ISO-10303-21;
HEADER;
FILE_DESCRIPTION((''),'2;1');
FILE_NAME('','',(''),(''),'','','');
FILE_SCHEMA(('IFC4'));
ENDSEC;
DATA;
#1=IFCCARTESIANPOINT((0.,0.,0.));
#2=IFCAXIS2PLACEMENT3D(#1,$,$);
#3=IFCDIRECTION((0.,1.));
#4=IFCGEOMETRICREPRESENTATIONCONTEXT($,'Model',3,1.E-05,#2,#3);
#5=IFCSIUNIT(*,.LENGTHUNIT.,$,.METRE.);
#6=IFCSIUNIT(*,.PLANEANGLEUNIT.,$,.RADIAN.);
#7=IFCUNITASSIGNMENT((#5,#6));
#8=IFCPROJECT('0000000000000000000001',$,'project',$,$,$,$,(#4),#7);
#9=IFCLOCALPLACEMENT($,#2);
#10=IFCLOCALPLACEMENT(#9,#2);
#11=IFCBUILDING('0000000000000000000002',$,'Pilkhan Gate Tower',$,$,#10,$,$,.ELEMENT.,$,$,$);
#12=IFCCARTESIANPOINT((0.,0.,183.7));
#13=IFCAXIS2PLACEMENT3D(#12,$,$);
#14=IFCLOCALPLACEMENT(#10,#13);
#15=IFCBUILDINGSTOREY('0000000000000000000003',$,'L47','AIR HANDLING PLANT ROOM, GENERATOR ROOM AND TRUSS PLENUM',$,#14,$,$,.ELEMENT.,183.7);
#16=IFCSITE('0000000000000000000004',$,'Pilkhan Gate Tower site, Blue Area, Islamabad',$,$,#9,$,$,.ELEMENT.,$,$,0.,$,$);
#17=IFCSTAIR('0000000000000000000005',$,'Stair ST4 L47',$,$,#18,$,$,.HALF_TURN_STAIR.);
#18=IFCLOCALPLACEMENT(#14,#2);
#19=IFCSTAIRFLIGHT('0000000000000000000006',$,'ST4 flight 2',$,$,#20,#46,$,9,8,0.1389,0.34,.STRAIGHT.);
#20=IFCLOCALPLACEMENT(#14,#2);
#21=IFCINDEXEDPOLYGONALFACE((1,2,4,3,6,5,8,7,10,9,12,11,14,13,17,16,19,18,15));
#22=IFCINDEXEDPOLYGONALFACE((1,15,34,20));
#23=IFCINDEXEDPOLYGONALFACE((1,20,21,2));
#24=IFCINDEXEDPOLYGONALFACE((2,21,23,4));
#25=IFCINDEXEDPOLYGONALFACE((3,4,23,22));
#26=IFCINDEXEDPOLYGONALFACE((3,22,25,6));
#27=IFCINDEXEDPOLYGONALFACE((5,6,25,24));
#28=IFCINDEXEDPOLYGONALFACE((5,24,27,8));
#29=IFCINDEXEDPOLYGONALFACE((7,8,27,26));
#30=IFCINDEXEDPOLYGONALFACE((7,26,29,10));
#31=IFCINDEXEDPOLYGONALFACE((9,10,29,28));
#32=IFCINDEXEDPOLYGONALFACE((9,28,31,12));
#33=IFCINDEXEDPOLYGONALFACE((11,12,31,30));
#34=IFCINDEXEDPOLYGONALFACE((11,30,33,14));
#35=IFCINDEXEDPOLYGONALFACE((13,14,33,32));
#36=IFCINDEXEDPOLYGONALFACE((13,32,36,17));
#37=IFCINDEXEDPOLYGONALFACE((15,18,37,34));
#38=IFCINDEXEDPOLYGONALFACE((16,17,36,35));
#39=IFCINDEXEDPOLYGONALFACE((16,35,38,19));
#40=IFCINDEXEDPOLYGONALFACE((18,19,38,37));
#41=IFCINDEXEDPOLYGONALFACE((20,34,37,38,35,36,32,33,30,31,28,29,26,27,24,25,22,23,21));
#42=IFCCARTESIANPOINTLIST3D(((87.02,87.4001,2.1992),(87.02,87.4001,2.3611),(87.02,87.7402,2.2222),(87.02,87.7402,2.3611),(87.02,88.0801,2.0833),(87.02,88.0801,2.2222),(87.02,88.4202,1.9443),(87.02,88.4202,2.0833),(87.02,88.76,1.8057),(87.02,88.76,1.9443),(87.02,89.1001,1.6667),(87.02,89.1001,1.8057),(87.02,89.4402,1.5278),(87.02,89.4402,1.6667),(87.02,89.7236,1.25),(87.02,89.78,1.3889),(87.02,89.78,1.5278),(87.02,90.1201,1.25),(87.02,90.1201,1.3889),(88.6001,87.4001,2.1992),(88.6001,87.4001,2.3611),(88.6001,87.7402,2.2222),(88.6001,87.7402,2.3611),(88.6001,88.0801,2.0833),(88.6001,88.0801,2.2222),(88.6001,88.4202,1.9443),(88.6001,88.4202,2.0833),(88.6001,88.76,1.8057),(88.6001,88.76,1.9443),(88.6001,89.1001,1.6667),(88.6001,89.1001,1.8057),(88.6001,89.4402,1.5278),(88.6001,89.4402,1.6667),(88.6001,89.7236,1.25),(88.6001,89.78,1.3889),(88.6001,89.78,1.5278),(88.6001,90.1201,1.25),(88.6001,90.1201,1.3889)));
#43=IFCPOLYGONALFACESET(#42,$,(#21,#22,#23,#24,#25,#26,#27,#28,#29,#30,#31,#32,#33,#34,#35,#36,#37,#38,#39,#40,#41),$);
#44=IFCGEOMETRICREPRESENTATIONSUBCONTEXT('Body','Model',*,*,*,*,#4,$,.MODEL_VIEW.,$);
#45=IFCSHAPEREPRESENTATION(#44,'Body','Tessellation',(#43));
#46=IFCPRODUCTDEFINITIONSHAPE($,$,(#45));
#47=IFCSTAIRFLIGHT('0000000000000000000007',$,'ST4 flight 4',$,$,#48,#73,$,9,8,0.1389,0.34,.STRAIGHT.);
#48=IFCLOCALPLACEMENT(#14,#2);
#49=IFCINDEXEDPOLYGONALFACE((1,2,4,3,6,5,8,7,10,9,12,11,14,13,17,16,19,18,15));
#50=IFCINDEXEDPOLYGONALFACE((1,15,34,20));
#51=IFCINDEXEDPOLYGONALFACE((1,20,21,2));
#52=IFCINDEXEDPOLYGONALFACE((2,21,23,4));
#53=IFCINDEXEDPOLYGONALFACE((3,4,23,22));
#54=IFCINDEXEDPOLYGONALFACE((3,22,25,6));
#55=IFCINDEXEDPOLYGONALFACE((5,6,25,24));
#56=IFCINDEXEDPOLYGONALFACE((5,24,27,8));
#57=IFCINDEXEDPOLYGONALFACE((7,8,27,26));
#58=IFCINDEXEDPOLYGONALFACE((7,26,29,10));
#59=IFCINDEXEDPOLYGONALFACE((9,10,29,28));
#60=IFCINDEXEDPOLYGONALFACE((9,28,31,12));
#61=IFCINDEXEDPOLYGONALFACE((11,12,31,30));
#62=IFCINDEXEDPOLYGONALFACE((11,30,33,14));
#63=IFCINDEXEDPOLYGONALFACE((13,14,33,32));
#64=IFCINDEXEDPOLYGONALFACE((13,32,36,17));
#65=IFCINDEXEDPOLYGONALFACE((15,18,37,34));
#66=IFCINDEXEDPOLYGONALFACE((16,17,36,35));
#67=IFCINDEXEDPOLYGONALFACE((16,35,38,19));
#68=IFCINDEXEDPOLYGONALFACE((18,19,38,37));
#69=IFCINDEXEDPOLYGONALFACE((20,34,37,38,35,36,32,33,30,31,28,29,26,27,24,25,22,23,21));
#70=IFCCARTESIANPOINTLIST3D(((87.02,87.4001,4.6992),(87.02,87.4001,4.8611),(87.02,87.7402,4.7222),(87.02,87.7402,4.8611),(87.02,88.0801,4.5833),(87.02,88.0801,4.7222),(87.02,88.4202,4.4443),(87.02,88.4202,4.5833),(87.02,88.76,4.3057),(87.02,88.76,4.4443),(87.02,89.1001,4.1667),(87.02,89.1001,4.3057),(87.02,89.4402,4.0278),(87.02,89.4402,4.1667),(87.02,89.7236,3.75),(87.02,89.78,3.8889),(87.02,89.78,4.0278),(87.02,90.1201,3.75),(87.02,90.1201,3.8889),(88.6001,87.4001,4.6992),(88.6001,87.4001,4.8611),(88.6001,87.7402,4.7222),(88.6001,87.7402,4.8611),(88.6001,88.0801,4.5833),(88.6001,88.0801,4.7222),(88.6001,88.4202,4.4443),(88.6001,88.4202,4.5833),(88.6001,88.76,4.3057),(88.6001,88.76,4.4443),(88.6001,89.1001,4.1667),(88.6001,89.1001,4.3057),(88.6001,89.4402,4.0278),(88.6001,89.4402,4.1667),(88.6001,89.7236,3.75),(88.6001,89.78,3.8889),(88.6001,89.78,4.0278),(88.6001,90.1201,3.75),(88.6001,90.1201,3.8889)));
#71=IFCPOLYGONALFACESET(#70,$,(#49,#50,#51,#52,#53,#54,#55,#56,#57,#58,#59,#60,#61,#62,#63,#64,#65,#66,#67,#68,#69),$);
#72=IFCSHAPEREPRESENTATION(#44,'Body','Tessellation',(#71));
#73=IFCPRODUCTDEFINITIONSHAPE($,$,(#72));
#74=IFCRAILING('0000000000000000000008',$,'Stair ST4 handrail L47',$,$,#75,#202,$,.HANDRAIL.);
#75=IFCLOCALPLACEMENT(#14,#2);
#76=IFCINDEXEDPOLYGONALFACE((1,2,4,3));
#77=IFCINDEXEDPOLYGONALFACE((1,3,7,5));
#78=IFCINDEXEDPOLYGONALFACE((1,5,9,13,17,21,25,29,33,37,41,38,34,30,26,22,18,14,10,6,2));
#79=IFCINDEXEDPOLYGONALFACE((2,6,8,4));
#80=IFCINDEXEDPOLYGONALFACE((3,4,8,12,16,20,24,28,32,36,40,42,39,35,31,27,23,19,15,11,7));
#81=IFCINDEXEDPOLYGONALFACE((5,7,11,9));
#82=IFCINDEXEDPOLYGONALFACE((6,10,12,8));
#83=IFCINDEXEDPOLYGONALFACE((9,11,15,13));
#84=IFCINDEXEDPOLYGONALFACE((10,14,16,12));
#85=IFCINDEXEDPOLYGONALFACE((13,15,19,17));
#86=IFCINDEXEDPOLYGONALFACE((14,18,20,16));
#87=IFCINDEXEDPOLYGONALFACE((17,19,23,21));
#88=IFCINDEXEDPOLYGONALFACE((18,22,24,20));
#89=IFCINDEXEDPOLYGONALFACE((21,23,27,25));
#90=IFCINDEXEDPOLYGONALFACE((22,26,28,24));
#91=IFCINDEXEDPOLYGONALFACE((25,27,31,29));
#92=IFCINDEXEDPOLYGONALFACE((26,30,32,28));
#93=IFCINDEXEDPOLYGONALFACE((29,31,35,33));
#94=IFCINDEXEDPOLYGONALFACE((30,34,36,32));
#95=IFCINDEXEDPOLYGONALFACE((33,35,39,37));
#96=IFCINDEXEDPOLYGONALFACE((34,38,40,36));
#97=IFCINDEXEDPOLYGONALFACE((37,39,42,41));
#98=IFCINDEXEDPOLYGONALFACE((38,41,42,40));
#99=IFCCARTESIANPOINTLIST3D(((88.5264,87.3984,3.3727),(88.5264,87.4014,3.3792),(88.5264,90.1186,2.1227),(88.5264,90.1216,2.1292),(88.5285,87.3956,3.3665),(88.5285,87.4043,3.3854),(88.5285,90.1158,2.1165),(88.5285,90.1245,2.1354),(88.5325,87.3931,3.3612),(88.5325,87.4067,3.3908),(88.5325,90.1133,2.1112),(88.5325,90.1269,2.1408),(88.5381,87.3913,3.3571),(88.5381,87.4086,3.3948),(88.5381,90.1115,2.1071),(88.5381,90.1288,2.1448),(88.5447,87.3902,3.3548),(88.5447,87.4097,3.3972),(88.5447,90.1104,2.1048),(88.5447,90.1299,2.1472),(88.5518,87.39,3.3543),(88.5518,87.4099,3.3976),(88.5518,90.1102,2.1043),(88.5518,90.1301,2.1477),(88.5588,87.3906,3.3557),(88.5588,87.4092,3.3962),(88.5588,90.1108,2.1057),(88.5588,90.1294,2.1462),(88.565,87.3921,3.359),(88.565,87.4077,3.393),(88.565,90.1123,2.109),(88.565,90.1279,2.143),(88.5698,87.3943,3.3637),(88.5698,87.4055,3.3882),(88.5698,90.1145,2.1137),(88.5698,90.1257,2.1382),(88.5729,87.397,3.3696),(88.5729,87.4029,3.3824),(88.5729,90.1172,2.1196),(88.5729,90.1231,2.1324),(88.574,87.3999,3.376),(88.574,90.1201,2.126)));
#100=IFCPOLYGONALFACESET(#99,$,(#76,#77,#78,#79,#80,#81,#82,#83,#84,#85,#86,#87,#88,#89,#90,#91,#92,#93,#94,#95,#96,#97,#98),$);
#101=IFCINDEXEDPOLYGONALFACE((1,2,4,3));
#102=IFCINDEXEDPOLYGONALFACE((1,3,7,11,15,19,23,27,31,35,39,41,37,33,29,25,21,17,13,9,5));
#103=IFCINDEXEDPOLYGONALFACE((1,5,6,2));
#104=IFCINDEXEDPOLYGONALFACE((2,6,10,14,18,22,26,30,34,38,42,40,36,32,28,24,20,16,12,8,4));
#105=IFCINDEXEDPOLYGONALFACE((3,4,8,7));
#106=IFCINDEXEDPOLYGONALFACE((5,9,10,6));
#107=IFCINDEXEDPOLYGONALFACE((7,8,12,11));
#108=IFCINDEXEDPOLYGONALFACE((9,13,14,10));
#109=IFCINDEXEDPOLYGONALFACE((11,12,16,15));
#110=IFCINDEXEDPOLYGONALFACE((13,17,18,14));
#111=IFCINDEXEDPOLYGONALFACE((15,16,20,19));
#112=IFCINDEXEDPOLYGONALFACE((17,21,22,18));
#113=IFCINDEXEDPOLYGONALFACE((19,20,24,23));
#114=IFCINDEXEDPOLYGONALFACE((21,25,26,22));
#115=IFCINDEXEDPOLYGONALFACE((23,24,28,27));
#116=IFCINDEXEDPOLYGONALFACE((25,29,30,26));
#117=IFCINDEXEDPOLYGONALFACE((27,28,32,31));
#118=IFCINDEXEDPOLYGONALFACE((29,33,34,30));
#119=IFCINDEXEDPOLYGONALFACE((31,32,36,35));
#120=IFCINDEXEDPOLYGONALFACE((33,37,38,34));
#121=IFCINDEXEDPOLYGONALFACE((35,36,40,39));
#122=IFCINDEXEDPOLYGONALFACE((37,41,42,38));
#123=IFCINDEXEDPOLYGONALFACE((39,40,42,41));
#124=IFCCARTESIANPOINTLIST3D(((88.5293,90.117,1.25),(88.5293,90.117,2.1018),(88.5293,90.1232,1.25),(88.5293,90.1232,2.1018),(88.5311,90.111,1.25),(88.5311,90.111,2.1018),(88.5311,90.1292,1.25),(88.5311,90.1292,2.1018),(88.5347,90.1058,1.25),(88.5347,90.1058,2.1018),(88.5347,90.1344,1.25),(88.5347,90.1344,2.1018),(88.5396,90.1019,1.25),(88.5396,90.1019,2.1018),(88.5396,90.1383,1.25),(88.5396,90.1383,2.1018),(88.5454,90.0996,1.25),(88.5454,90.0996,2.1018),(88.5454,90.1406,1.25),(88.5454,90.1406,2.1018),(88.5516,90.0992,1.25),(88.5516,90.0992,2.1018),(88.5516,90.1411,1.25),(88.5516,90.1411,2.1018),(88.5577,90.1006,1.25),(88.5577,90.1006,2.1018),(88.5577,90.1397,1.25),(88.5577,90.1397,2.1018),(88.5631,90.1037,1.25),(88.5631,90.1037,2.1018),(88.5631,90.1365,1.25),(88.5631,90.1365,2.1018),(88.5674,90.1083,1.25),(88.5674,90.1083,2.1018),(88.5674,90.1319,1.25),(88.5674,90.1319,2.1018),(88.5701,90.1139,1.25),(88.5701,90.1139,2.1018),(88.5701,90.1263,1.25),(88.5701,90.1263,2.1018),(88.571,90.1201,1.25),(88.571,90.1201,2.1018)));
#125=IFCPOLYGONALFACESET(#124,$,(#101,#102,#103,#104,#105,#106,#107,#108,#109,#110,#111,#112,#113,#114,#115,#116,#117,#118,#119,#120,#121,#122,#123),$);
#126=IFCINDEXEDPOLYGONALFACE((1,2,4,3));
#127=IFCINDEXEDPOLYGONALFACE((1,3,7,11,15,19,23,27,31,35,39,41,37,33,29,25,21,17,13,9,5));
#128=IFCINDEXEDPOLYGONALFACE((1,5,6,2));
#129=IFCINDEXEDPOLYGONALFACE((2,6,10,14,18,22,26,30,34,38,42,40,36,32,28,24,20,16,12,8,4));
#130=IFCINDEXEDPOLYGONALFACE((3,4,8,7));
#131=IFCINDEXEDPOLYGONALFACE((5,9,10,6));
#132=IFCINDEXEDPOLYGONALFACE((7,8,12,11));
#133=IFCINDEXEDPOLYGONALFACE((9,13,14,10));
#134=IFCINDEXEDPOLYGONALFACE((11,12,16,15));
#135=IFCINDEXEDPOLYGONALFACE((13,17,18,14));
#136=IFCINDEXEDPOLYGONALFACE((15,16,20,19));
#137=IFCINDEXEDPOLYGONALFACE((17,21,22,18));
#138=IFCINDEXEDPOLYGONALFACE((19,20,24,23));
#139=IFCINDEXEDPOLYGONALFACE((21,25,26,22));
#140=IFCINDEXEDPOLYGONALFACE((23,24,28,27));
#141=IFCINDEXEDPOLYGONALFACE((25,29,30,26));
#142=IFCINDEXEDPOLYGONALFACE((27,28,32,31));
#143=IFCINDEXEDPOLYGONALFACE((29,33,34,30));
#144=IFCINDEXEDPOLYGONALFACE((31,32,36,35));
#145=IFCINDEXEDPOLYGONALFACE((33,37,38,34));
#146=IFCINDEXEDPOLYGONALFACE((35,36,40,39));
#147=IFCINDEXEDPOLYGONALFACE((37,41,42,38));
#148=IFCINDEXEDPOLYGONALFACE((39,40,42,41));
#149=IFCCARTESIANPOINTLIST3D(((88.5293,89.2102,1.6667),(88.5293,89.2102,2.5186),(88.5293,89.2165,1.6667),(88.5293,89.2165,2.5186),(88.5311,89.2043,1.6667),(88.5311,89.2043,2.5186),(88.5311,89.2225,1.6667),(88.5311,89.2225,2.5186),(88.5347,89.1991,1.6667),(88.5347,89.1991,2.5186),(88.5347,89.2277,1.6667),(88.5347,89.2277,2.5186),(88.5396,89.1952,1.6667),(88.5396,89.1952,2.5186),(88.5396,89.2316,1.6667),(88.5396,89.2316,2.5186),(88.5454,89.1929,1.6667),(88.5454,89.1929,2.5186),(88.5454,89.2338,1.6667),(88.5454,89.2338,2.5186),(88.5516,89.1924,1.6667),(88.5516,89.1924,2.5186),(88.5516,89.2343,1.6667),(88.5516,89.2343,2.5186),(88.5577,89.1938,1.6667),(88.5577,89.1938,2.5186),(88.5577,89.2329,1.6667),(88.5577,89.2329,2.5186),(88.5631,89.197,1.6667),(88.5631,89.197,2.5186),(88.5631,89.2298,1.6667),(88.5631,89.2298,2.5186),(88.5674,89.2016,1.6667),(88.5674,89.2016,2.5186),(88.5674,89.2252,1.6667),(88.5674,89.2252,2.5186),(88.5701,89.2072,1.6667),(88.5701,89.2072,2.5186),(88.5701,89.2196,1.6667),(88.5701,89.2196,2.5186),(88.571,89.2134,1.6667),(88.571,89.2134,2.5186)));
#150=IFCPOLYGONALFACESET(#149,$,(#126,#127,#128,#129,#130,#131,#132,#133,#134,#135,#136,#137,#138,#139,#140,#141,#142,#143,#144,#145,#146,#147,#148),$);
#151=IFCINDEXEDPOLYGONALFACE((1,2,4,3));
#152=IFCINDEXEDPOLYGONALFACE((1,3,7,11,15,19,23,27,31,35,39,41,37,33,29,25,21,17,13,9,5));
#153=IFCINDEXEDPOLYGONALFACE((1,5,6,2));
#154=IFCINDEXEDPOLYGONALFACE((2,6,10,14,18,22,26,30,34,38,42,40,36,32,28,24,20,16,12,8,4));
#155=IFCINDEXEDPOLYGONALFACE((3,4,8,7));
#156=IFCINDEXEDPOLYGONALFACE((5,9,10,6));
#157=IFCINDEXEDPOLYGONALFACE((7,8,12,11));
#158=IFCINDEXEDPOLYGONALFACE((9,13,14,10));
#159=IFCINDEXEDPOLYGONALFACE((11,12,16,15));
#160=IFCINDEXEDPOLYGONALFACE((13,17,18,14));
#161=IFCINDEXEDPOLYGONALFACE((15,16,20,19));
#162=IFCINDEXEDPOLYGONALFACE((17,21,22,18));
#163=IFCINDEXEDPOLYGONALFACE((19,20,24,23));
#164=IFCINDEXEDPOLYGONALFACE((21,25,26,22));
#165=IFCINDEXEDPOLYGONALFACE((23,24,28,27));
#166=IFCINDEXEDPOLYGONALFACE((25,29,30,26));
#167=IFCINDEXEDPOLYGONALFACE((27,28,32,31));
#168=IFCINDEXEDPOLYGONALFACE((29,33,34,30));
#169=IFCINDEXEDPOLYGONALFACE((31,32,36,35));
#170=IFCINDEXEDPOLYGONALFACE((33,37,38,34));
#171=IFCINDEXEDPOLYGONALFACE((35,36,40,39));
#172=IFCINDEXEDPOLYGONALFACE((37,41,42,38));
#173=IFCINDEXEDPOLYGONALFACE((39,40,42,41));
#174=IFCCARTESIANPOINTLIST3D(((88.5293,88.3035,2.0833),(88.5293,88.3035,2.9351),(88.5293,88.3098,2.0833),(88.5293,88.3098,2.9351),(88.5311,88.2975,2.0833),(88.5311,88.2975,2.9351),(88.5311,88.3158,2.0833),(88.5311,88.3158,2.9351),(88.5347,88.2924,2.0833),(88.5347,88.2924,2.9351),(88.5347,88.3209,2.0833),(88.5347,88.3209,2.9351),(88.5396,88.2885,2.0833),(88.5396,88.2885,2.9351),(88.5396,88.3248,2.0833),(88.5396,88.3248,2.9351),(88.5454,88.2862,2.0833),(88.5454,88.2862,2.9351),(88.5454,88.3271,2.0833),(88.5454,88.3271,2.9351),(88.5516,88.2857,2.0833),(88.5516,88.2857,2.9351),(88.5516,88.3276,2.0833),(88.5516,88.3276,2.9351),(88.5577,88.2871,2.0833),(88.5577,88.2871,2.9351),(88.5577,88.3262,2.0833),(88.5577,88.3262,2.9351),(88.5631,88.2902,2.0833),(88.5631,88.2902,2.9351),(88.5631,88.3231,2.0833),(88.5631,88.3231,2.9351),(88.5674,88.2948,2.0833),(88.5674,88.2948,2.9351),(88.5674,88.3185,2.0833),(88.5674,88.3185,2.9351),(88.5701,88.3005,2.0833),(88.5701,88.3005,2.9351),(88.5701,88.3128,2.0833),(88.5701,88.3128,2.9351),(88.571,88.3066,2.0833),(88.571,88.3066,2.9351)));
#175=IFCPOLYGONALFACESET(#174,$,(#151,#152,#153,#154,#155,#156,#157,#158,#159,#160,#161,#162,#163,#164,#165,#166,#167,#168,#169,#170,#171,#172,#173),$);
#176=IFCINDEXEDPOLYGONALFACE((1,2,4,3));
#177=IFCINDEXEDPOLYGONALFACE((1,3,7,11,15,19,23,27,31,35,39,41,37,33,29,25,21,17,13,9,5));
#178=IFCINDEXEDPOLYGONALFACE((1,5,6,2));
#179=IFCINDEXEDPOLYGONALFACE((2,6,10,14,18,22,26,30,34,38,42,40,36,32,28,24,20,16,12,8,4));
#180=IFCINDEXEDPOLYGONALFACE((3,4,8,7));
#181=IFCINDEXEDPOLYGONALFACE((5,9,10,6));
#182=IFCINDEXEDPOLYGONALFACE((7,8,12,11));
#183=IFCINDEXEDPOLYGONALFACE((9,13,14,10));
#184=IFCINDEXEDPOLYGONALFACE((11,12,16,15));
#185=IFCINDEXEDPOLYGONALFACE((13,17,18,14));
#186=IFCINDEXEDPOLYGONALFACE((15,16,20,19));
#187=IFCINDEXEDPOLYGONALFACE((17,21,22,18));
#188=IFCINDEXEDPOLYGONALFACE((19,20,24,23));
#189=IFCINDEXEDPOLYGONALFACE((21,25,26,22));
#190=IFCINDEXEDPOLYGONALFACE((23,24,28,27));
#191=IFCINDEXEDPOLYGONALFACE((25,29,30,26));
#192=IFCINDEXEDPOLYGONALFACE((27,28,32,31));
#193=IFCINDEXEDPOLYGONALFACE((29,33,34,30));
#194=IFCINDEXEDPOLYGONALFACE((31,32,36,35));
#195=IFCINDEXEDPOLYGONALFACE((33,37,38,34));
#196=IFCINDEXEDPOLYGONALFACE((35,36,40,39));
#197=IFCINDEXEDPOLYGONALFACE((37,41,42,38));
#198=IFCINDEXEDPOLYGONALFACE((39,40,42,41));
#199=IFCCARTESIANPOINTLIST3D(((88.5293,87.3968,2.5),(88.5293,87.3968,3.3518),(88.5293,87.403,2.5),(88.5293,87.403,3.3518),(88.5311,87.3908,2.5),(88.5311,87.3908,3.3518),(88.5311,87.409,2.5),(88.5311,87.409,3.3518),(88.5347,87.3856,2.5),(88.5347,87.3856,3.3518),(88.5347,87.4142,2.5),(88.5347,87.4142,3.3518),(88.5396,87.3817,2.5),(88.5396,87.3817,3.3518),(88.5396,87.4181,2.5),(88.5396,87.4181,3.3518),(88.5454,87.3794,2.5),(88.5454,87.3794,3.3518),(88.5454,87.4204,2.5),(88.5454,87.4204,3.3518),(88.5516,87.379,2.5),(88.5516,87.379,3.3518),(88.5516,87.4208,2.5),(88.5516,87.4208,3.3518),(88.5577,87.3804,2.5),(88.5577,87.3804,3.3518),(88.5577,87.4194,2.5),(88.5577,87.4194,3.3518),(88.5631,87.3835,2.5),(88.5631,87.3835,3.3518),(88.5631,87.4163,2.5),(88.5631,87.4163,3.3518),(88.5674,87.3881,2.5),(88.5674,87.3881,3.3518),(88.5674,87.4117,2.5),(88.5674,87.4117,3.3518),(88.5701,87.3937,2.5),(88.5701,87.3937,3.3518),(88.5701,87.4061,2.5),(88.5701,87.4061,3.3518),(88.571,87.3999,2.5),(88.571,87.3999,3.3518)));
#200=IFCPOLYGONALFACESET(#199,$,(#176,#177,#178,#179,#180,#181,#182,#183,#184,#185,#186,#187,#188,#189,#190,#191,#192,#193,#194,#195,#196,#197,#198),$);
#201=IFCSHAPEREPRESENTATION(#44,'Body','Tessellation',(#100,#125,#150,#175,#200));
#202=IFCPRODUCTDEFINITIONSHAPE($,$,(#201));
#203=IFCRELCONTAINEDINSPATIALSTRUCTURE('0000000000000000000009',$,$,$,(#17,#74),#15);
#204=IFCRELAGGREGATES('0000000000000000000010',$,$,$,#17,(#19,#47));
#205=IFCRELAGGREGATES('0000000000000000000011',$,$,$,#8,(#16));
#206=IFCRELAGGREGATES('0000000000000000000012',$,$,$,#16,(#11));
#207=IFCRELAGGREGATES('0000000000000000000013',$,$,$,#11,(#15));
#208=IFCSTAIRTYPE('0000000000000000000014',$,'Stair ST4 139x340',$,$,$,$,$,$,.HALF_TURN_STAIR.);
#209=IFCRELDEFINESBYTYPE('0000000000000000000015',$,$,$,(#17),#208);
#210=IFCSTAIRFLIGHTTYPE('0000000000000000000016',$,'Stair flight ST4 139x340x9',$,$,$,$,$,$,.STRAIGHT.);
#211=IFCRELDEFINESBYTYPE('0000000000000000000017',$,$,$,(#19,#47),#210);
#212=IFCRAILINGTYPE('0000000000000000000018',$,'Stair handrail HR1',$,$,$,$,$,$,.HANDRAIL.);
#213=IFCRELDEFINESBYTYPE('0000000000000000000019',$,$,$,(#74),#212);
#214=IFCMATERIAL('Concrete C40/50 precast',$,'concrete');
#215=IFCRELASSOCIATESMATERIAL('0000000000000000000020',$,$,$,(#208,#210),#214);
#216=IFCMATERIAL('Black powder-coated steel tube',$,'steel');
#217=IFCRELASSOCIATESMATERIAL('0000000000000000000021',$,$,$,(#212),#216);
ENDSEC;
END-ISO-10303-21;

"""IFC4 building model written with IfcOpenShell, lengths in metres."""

from ifc_helpers import new_model, si_unit, direction, frame, origin, origin_2d, place, context, subcontext, project, spatial, polyline, circle, outline, extrude, material, type_object, element, aggregate, save


model = new_model("IFC4")

# Units and contexts
model_context = context("Model", 3, precision=1e-05, world=origin(), true_north=direction((0.0, 1.0)))
body_context = subcontext(model_context, "Body", "Model", "MODEL_VIEW")
ifc_project = project(units=[si_unit("LENGTHUNIT", "METRE"), si_unit("PLANEANGLEUNIT", "RADIAN")], contexts=[model_context])

# Site, building, storey
site_placement = place(None, origin())
site = spatial("IfcSite", under=ifc_project, at=site_placement, Name="Pilkhan Gate Tower site, Blue Area, Islamabad", CompositionType="ELEMENT", RefElevation=0.0)
building_placement = place(site_placement, origin())
building = spatial("IfcBuilding", under=site, at=building_placement, Name="Pilkhan Gate Tower", CompositionType="ELEMENT")
storey_placement = place(building_placement, frame((0.0, 0.0, 183.7)))
storey = spatial("IfcBuildingStorey", under=building, at=storey_placement, Name="L47", Description="AIR HANDLING PLANT ROOM, GENERATOR ROOM AND TRUSS PLENUM", CompositionType="ELEMENT", Elevation=183.7)

# Stair, stair flights
ifc_material_1 = material(Name="Concrete C40/50 precast", Category="concrete")
stair_type = type_object("IfcStairType", Name="Stair ST4 139x340", PredefinedType="HALF_TURN_STAIR", material=ifc_material_1)
stair_placement = place(storey_placement, origin())
stair = element("IfcStair", 1, at=stair_placement, inside=storey, type_object=stair_type, Name="Stair ST4 L47", PredefinedType="HALF_TURN_STAIR")
stair_flight_type = type_object("IfcStairFlightType", Name="Stair flight ST4 139x340x9", PredefinedType="STRAIGHT", material=ifc_material_1)
stair_flight_1_placement = place(storey_placement, frame((87.8101, 90.1201, 1.25), z_axis=(0.0, 0.0, 1.0), x_axis=(0.0, -1.0, 0.0)))
stair_flight_1 = element("IfcStairFlight", 2, at=stair_flight_1_placement, type_object=stair_flight_type, Name="ST4 flight 2", NumberOfRisers=9, NumberOfTreads=8, PredefinedType="STRAIGHT", RiserHeight=0.1389, TreadLength=0.34, context=body_context, shape_type="SweptSolid", body=[
    extrude(outline(polyline([(0.0, 0.0), (0.0, 0.1389), (0.3401, 0.1389), (0.3401, 0.2778), (0.6799, 0.2778), (0.6799, 0.4167), (1.02, 0.4167), (1.02, 0.5557), (1.3601, 0.5557), (1.3601, 0.6943), (1.7, 0.6943), (1.7, 0.8333), (2.04, 0.8333), (2.04, 0.9722), (2.3799, 0.9722), (2.3799, 1.1111), (2.72, 1.1111), (2.72, 1.25), (2.72, 0.9492), (0.3965, 0.0), (0.0, 0.0)])), frame((0.0, 0.79, 0.0), z_axis=(0.0, -1.0, 0.0), x_axis=(1.0, 0.0, 0.0)), (0.0, 0.0, 1.0), 1.5801),
])
stair_flight_2_placement = place(storey_placement, frame((87.8101, 90.1201, 3.75), z_axis=(0.0, 0.0, 1.0), x_axis=(0.0, -1.0, 0.0)))
stair_flight_2 = element("IfcStairFlight", 3, at=stair_flight_2_placement, type_object=stair_flight_type, Name="ST4 flight 4", NumberOfRisers=9, NumberOfTreads=8, PredefinedType="STRAIGHT", RiserHeight=0.1389, TreadLength=0.34, context=body_context, shape_type="SweptSolid", body=[
    extrude(outline(polyline([(0.0, 0.0), (0.0, 0.1389), (0.3401, 0.1389), (0.3401, 0.2778), (0.6799, 0.2778), (0.6799, 0.4167), (1.02, 0.4167), (1.02, 0.5557), (1.3601, 0.5557), (1.3601, 0.6943), (1.7, 0.6943), (1.7, 0.8333), (2.04, 0.8333), (2.04, 0.9722), (2.3799, 0.9722), (2.3799, 1.1111), (2.72, 1.1111), (2.72, 1.25), (2.72, 0.9492), (0.3965, 0.0), (0.0, 0.0)])), frame((0.0, 0.79, 0.0), z_axis=(0.0, -1.0, 0.0), x_axis=(1.0, 0.0, 0.0)), (0.0, 0.0, 1.0), 1.5801),
])
aggregate(stair, [stair_flight_1, stair_flight_2])

# Railing
ifc_material_2 = material(Name="Black powder-coated steel tube", Category="steel")
railing_type_1 = type_object("IfcRailingType", Name="Stair handrail HR1", PredefinedType="HANDRAIL", material=ifc_material_2)
for number, where, name in (
    (4, (88.55, 90.1201, 1.25), "Stair ST4 handrail L47"),
):
    element("IfcRailing", number, at=place(storey_placement, frame(where)), inside=storey, type_object=railing_type_1, Name=name, PredefinedType="HANDRAIL", context=body_context, shape_type="SweptSolid", body=[
        extrude(circle(Radius=0.0239, at=origin_2d()), frame((0.0, 0.0, 0.876), z_axis=(0.0, -0.908655, 0.417547), x_axis=(1.0, 0.0, 0.0)), (0.0, 0.0, 1.0), 2.9937),
        extrude(circle(Radius=0.021, at=origin_2d()), origin(), (0.0, 0.0, 1.0), 0.8518),
        extrude(circle(Radius=0.021, at=origin_2d()), frame((0.0, -0.9067, 0.4167)), (0.0, 0.0, 1.0), 0.8518),
        extrude(circle(Radius=0.021, at=origin_2d()), frame((0.0, -1.8135, 0.8333)), (0.0, 0.0, 1.0), 0.8518),
        extrude(circle(Radius=0.021, at=origin_2d()), frame((0.0, -2.7202, 1.25)), (0.0, 0.0, 1.0), 0.8518),
    ])

save(model, "model.ifc")
